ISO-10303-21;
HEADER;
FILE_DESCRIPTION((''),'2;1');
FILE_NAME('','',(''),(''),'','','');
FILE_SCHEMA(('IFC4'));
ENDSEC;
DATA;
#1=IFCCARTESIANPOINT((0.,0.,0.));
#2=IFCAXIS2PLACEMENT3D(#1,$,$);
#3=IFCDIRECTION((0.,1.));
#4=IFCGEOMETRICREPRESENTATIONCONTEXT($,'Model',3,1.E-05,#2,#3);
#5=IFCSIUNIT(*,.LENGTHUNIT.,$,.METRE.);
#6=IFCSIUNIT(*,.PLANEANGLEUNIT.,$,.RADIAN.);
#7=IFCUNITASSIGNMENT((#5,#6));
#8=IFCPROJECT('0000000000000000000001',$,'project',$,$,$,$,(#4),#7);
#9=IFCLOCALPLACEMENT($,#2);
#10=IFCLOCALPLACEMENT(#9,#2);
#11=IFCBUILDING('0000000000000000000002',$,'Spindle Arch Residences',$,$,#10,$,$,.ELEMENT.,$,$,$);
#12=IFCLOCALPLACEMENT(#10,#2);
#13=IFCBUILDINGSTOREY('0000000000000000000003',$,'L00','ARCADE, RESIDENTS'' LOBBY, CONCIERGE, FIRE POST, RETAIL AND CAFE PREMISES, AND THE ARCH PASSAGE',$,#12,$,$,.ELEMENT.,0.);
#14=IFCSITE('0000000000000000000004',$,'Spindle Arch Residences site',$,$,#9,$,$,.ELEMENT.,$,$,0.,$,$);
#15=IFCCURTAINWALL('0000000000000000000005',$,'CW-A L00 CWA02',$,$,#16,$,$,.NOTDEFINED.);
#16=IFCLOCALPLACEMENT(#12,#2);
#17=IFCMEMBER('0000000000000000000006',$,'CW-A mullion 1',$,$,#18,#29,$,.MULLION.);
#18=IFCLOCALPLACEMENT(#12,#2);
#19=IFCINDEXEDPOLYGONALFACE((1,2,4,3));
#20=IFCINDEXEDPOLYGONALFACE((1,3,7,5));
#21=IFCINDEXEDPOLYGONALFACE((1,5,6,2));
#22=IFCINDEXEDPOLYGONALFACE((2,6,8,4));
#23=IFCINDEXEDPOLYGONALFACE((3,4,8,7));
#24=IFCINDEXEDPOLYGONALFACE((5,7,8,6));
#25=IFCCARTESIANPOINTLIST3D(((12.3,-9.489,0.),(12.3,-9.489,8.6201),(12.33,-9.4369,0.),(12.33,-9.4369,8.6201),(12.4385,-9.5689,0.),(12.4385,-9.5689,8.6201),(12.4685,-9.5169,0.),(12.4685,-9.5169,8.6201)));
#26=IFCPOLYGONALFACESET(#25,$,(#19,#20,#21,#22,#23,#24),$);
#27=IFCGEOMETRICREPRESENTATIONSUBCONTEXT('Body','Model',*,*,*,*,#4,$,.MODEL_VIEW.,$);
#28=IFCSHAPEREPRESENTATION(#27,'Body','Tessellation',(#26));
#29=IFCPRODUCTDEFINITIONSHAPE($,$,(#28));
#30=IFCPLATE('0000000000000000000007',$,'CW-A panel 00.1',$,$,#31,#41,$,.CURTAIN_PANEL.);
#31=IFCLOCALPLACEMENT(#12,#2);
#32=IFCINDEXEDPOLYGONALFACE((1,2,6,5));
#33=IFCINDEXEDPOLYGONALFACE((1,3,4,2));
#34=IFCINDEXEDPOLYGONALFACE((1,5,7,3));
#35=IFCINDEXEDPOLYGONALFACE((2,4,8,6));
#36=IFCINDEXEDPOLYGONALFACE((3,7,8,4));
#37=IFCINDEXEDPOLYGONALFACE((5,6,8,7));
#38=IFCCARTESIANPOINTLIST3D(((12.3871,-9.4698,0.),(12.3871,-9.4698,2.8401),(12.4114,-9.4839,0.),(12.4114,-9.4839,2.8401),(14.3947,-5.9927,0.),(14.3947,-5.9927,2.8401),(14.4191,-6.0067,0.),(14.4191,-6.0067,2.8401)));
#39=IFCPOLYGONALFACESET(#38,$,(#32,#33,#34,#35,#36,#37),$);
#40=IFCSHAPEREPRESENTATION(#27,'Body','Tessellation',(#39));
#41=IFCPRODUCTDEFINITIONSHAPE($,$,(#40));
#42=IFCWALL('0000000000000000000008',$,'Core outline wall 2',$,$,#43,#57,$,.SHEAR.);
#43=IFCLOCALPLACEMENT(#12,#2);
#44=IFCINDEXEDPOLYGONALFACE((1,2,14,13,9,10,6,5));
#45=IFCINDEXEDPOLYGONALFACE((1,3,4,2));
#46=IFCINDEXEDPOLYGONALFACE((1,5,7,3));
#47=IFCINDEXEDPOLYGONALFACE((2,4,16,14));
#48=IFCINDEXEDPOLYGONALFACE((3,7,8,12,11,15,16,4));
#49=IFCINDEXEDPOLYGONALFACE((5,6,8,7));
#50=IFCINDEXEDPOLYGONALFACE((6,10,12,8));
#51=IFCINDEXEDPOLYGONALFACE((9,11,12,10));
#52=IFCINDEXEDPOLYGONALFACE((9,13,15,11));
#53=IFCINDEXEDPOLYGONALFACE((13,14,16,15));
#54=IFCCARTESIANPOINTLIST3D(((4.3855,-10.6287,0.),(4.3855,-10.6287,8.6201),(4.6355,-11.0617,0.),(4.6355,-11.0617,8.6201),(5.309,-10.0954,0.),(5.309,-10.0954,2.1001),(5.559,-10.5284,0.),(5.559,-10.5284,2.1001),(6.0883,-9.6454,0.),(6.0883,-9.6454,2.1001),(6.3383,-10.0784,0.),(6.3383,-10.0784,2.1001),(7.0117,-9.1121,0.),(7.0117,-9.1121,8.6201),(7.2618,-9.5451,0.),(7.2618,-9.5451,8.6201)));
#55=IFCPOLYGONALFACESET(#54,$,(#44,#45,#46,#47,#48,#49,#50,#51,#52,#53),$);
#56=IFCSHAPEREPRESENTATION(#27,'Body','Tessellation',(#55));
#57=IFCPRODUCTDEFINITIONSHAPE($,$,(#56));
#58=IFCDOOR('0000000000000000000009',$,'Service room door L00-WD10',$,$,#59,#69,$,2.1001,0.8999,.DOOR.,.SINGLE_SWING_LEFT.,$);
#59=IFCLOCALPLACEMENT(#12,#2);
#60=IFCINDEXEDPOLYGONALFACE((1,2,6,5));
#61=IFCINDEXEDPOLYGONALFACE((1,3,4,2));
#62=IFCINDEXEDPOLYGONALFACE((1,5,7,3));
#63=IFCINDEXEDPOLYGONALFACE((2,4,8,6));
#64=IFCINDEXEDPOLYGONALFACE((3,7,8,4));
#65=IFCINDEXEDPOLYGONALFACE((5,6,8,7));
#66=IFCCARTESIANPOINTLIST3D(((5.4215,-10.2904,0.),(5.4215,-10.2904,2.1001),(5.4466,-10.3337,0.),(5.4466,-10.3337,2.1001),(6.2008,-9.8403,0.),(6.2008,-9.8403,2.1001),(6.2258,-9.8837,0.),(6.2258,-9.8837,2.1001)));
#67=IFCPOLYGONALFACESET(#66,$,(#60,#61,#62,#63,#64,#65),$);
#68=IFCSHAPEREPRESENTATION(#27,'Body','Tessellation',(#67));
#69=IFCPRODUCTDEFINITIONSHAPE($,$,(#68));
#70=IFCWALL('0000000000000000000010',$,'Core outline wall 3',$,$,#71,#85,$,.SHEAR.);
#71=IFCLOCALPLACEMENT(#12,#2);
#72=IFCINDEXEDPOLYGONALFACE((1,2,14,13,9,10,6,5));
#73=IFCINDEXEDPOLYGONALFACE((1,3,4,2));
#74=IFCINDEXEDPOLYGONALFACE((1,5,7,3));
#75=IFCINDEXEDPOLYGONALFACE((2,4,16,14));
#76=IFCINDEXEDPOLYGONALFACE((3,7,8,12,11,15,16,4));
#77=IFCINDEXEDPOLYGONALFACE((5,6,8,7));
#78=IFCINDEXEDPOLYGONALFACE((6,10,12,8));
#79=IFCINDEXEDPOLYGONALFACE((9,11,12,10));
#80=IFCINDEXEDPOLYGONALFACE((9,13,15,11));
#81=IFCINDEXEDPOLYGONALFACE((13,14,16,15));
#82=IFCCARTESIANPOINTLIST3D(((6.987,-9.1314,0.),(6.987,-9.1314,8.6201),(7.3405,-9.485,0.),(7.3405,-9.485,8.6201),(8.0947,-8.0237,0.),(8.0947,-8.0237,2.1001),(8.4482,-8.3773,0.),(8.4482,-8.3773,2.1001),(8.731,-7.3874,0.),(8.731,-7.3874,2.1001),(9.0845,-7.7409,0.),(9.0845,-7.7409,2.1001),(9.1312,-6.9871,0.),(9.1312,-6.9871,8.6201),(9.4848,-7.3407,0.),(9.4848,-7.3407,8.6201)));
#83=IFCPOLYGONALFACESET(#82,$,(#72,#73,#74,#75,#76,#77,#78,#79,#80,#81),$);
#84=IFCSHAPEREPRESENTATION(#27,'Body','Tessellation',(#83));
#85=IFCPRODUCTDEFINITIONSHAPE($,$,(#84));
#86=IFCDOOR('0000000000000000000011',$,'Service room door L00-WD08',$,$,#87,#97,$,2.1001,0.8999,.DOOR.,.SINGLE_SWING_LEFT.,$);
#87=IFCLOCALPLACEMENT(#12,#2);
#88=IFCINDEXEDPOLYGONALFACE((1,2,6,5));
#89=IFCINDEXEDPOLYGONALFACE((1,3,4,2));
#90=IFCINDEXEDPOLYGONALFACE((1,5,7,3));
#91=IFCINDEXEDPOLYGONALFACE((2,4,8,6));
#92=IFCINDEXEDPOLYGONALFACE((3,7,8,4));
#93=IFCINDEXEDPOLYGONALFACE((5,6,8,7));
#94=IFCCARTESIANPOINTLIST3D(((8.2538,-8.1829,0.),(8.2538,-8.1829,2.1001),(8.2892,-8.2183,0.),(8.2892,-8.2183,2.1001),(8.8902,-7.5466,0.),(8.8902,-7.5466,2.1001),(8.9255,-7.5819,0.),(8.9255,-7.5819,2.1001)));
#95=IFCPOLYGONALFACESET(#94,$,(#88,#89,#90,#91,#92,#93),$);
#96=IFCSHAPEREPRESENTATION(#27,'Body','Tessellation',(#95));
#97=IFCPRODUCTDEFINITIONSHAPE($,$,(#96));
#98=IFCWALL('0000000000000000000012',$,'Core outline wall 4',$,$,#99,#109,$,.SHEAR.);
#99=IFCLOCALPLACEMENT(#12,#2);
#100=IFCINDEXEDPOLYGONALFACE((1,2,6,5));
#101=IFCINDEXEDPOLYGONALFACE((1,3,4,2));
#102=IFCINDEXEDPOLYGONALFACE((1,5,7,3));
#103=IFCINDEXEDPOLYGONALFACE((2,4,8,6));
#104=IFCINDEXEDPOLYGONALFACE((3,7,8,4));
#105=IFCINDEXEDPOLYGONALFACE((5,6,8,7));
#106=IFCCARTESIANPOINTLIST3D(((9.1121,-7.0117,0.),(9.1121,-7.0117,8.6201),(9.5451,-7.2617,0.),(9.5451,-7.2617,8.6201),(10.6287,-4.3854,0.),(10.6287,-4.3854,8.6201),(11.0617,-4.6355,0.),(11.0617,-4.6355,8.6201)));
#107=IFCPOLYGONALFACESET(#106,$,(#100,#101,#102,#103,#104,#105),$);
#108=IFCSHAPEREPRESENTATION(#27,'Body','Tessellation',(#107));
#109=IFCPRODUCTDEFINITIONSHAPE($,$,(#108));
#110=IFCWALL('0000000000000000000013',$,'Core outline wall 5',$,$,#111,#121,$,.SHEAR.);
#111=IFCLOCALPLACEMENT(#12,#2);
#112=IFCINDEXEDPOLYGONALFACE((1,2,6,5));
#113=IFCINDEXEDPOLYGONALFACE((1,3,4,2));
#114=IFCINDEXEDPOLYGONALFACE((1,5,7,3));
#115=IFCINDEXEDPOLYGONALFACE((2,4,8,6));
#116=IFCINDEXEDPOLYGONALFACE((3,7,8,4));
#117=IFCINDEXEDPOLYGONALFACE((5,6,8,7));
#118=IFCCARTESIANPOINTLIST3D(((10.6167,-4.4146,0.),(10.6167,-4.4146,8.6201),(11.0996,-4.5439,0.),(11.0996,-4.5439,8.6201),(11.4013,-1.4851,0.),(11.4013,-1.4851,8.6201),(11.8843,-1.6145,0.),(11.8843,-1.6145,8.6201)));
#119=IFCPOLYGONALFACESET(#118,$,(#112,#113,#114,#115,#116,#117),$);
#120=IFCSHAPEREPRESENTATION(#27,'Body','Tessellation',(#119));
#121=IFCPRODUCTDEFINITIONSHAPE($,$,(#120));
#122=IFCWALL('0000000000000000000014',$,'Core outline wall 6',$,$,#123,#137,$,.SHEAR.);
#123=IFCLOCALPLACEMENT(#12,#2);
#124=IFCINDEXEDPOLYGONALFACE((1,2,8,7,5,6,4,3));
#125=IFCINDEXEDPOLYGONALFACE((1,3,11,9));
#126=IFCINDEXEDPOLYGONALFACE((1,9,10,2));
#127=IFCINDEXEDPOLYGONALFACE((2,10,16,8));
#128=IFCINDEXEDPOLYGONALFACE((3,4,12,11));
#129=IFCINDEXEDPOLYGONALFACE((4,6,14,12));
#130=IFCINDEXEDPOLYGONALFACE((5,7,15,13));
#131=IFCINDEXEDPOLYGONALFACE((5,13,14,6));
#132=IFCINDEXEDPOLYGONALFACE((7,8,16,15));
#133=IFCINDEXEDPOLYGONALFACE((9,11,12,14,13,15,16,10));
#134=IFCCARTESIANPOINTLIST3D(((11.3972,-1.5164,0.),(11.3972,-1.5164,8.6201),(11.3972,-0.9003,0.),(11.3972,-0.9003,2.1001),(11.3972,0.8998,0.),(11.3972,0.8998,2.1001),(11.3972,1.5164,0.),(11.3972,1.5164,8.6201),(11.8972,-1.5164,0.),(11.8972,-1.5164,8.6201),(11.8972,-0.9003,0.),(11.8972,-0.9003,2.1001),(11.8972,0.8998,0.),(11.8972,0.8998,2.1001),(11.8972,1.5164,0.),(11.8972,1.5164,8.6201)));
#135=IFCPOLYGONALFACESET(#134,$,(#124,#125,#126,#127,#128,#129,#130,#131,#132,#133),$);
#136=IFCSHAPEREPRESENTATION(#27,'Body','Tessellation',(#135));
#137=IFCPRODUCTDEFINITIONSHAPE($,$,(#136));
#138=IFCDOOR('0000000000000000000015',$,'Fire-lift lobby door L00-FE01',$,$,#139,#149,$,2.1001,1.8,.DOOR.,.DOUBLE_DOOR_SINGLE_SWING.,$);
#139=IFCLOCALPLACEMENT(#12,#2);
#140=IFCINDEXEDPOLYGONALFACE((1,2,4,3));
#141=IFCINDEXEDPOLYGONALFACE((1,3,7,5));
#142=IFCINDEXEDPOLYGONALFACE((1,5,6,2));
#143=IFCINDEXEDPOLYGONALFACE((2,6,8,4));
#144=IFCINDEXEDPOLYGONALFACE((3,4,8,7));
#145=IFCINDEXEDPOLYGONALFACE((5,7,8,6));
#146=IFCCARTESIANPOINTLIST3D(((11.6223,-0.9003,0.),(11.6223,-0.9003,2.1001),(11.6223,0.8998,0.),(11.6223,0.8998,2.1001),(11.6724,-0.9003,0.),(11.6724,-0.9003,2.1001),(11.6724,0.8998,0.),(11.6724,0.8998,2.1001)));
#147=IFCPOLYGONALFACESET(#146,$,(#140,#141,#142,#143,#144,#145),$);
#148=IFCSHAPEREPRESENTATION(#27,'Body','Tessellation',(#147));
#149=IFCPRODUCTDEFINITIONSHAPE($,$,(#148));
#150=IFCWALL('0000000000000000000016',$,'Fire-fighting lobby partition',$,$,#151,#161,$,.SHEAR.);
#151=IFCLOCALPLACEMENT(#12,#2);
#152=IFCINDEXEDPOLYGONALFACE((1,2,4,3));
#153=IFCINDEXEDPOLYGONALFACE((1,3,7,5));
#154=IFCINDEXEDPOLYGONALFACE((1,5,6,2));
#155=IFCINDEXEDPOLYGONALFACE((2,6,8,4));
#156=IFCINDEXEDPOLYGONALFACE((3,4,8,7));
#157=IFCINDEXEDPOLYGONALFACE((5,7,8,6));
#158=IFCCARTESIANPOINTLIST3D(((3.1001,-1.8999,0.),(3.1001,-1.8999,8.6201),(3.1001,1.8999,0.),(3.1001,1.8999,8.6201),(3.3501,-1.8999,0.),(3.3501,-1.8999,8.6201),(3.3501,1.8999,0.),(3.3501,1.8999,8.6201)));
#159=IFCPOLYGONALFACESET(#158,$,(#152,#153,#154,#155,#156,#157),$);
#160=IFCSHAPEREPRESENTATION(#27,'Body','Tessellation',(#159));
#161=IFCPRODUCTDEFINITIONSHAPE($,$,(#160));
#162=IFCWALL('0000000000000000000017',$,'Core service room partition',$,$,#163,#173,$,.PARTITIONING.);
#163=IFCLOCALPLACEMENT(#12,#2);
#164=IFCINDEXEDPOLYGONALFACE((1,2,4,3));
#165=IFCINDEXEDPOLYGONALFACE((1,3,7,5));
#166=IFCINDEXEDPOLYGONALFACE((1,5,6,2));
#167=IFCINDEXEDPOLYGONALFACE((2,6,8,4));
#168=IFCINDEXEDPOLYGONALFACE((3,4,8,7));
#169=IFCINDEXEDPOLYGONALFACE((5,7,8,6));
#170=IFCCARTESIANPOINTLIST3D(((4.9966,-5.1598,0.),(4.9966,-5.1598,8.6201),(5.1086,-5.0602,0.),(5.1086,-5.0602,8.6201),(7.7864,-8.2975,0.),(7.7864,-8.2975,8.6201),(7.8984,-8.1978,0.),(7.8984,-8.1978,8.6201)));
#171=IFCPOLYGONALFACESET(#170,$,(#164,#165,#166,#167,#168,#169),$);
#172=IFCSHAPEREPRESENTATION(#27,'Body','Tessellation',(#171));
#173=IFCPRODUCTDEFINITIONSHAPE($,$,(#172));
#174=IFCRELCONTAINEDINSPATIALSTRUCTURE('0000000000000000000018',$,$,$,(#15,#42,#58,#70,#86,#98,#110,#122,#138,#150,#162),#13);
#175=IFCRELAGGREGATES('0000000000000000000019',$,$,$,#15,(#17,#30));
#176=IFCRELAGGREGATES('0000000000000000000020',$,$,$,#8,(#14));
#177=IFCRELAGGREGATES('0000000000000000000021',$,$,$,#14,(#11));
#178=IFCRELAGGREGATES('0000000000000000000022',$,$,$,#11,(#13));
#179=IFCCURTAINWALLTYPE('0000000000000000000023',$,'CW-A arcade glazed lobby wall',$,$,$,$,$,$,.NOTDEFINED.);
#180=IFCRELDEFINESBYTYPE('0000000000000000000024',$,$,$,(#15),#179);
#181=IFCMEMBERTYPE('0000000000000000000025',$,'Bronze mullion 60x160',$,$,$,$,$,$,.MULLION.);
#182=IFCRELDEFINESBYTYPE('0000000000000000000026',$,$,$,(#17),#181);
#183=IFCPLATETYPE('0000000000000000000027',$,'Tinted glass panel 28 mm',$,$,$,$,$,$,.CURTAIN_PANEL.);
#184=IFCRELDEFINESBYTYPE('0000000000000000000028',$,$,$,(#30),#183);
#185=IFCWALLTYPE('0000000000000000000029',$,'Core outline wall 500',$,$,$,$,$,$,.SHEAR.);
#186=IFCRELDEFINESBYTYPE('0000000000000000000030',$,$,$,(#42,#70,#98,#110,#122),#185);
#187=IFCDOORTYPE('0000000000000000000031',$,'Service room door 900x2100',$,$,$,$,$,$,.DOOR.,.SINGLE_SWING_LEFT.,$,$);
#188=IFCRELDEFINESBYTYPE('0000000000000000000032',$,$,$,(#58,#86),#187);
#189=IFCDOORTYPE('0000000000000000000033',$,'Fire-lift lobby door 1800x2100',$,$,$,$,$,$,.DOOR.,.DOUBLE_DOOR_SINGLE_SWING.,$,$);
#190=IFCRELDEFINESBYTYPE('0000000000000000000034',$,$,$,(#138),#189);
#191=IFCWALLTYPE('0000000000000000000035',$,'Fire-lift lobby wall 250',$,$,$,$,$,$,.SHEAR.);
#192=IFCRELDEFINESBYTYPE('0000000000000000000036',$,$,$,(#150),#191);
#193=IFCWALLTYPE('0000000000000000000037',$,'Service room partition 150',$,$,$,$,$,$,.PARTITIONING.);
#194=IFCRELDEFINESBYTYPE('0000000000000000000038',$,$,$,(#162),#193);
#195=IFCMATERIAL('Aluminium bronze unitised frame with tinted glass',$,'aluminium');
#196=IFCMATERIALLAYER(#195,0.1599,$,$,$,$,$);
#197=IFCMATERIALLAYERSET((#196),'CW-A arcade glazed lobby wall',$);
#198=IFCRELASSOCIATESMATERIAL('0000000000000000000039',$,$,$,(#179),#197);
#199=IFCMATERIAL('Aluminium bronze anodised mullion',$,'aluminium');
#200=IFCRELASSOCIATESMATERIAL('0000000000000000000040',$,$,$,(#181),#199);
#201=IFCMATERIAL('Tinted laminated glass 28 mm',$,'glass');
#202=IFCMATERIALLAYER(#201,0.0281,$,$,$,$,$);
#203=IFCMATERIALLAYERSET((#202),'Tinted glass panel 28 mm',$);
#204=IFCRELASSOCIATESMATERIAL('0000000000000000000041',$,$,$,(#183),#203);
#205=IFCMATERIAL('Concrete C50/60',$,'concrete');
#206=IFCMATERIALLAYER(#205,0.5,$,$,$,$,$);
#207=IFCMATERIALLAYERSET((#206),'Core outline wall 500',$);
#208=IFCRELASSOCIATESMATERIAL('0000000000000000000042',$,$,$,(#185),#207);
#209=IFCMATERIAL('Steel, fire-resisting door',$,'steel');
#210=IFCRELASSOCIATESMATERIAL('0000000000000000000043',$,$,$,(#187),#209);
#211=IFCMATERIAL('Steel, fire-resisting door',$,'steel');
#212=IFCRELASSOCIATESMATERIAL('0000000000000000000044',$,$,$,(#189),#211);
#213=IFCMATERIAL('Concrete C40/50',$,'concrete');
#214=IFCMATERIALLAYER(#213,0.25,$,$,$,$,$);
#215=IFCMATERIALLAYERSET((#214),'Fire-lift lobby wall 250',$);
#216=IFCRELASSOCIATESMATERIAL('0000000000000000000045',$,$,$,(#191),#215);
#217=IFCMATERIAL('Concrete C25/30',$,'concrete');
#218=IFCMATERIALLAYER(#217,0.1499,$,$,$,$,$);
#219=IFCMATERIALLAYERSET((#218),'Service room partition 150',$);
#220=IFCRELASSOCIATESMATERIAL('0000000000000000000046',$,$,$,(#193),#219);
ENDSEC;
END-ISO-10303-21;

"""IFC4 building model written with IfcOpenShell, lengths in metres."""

from ifc_helpers import new_model, si_unit, direction, frame, frame_2d, origin, origin_2d, place, context, subcontext, project, spatial, rectangle, extrude, material, layer, layer_set, material_profile, profile_set, type_object, element, fill, aggregate, save


model = new_model("IFC4")

# Units and contexts
model_context = context("Model", 3, precision=1e-05, world=origin(), true_north=direction((0.0, 1.0)))
body_context = subcontext(model_context, "Body", "Model", "MODEL_VIEW")
ifc_project = project(units=[si_unit("LENGTHUNIT", "METRE"), si_unit("PLANEANGLEUNIT", "RADIAN")], contexts=[model_context])

# Site, building, storey
site_placement = place(None, origin())
site = spatial("IfcSite", under=ifc_project, at=site_placement, Name="Spindle Arch Residences site", CompositionType="ELEMENT", RefElevation=0.0)
building_placement = place(site_placement, origin())
building = spatial("IfcBuilding", under=site, at=building_placement, Name="Spindle Arch Residences", CompositionType="ELEMENT")
storey_placement = place(building_placement, origin())
storey = spatial("IfcBuildingStorey", under=building, at=storey_placement, Name="L00", Description="ARCADE, RESIDENTS' LOBBY, CONCIERGE, FIRE POST, RETAIL AND CAFE PREMISES, AND THE ARCH PASSAGE", CompositionType="ELEMENT", Elevation=0.0)

# Curtain wall, member, plate
ifc_material_1 = material(Name="Aluminium bronze unitised frame with tinted glass", Category="aluminium")
ifc_layer_1 = layer(ifc_material_1, 0.1599)
ifc_layer_set_1 = layer_set([ifc_layer_1], Name="CW-A arcade glazed lobby wall")
curtain_wall_type = type_object("IfcCurtainWallType", Name="CW-A arcade glazed lobby wall", PredefinedType="NOTDEFINED", material=ifc_layer_set_1)
curtain_wall_placement = place(storey_placement, origin())
curtain_wall = element("IfcCurtainWall", 1, at=curtain_wall_placement, inside=storey, type_object=curtain_wall_type, Name="CW-A L00 CWA02", PredefinedType="NOTDEFINED")
ifc_material_2 = material(Name="Aluminium bronze anodised mullion", Category="aluminium")
ifc_material_profile = material_profile(ifc_material_2, rectangle(XDim=0.1599, YDim=0.0601, at=origin_2d()), Name="MU 60x160")
ifc_profile_set = profile_set([ifc_material_profile], Name="Aluminium bronze anodised mullion")
member_type = type_object("IfcMemberType", Name="Bronze mullion 60x160", PredefinedType="MULLION", material=ifc_profile_set)
member_placement = place(storey_placement, frame((12.3843, -9.5029, 0.0), z_axis=(0.0, 0.0, 1.0), x_axis=(-0.866012, 0.500023, 0.0)))
member = element("IfcMember", 2, at=member_placement, type_object=member_type, Name="CW-A mullion 1", PredefinedType="MULLION", context=body_context, shape_type="SweptSolid", body=[
    extrude(rectangle(XDim=0.1599, YDim=0.0601, at=origin_2d()), origin(), (0.0, 0.0, 1.0), 8.6201),
])
ifc_material_3 = material(Name="Tinted laminated glass 28 mm", Category="glass")
ifc_layer_2 = layer(ifc_material_3, 0.0281)
ifc_layer_set_2 = layer_set([ifc_layer_2], Name="Tinted glass panel 28 mm")
plate_type = type_object("IfcPlateType", Name="Tinted glass panel 28 mm", PredefinedType="CURTAIN_PANEL", material=ifc_layer_set_2)
plate_placement = place(storey_placement, frame((13.4031, -7.7383, 0.0), z_axis=(0.0, 0.0, 1.0), x_axis=(0.500023, 0.866012, 0.0)))
plate = element("IfcPlate", 3, at=plate_placement, type_object=plate_type, Name="CW-A panel 00.1", PredefinedType="CURTAIN_PANEL", context=body_context, shape_type="SweptSolid", body=[
    extrude(rectangle(XDim=4.0151, YDim=0.0281, at=origin_2d()), origin(), (0.0, 0.0, 1.0), 2.8401),
])
aggregate(curtain_wall, [member, plate])

# Walls, openings, doors
ifc_material_4 = material(Name="Concrete C50/60", Category="concrete")
ifc_layer_3 = layer(ifc_material_4, 0.5)
ifc_layer_set_3 = layer_set([ifc_layer_3], Name="Core outline wall 500")
wall_type_1 = type_object("IfcWallType", Name="Core outline wall 500", PredefinedType="SHEAR", material=ifc_layer_set_3)
wall_1_placement = place(storey_placement, frame((4.5105, -10.8452, 0.0), z_axis=(0.0, 0.0, 1.0), x_axis=(0.865975, 0.500087, 0.0)))
wall_1 = element("IfcWall", 4, at=wall_1_placement, inside=storey, type_object=wall_type_1, Name="Core outline wall 2", PredefinedType="SHEAR", context=body_context, shape_type="SweptSolid", body=[
    extrude(rectangle(XDim=3.0327, YDim=0.5, at=frame_2d((1.5164, 0.0))), origin(), (0.0, 0.0, 1.0), 8.6201),
])
opening_1_placement = place(wall_1_placement, frame((1.0664, 0.0, 0.0)))
opening_1 = element("IfcOpeningElement", 5, at=opening_1_placement, cuts=wall_1, PredefinedType="OPENING", context=body_context, shape_type="SweptSolid", body=[
    extrude(rectangle(XDim=0.8999, YDim=2.1001, at=frame_2d((0.45, 1.05))), frame((0.0, 0.26, 0.0), z_axis=(0.0, -1.0, 0.0), x_axis=(1.0, 0.0, 0.0)), (0.0, 0.0, 1.0), 0.52),
])
ifc_material_5 = material(Name="Steel, fire-resisting door", Category="steel")
door_type_1 = type_object("IfcDoorType", Name="Service room door 900x2100", OperationType="SINGLE_SWING_LEFT", PredefinedType="DOOR", material=ifc_material_5)
door_1_placement = place(opening_1_placement, origin())
door_1 = element("IfcDoor", 6, at=door_1_placement, inside=storey, type_object=door_type_1, Name="Service room door L00-WD10", OperationType="SINGLE_SWING_LEFT", OverallHeight=2.1001, OverallWidth=0.8999, PredefinedType="DOOR", context=body_context, shape_type="SweptSolid", body=[
    extrude(rectangle(XDim=0.8999, YDim=2.1001, at=frame_2d((0.45, 1.05))), frame((0.0, 0.0249, 0.0), z_axis=(0.0, -1.0, 0.0), x_axis=(1.0, 0.0, 0.0)), (0.0, 0.0, 1.0), 0.05),
])
fill(opening_1, door_1)
wall_2_placement = place(storey_placement, frame((7.1638, -9.3081, 0.0), z_axis=(0.0, 0.0, 1.0), x_axis=(0.707107, 0.707107, 0.0)))
wall_2 = element("IfcWall", 7, at=wall_2_placement, inside=storey, type_object=wall_type_1, Name="Core outline wall 3", PredefinedType="SHEAR", context=body_context, shape_type="SweptSolid", body=[
    extrude(rectangle(XDim=3.0325, YDim=0.5, at=frame_2d((1.5161, 0.0))), origin(), (0.0, 0.0, 1.0), 8.6201),
])
opening_2_placement = place(wall_2_placement, frame((1.5664, 0.0, 0.0)))
opening_2 = element("IfcOpeningElement", 8, at=opening_2_placement, cuts=wall_2, PredefinedType="OPENING", context=body_context, shape_type="SweptSolid", body=[
    extrude(rectangle(XDim=0.8999, YDim=2.1001, at=frame_2d((0.45, 1.05))), frame((0.0, 0.26, 0.0), z_axis=(0.0, -1.0, 0.0), x_axis=(1.0, 0.0, 0.0)), (0.0, 0.0, 1.0), 0.52),
])
door_2_placement = place(opening_2_placement, origin())
door_2 = element("IfcDoor", 9, at=door_2_placement, inside=storey, type_object=door_type_1, Name="Service room door L00-WD08", OperationType="SINGLE_SWING_LEFT", OverallHeight=2.1001, OverallWidth=0.8999, PredefinedType="DOOR", context=body_context, shape_type="SweptSolid", body=[
    extrude(rectangle(XDim=0.8999, YDim=2.1001, at=frame_2d((0.45, 1.05))), frame((0.0, 0.0249, 0.0), z_axis=(0.0, -1.0, 0.0), x_axis=(1.0, 0.0, 0.0)), (0.0, 0.0, 1.0), 0.05),
])
fill(opening_2, door_2)

# Walls
for number, where, z_axis, x_axis, name in (
    (10, (9.3286, -7.1367, 0.0), (0.0, 0.0, 1.0), (0.500087, 0.865975, 0.0), "Core outline wall 4"),
    (11, (10.8582, -4.4792, 0.0), (0.0, 0.0, 1.0), (0.258735, 0.965948, 0.0), "Core outline wall 5"),
):
    element("IfcWall", number, at=place(storey_placement, frame(where, z_axis=z_axis, x_axis=x_axis)), inside=storey, type_object=wall_type_1, Name=name, PredefinedType="SHEAR", context=body_context, shape_type="SweptSolid", body=[
        extrude(rectangle(XDim=3.0327, YDim=0.5, at=frame_2d((1.5164, 0.0))), origin(), (0.0, 0.0, 1.0), 8.6201),
    ])

# Wall, opening, door
wall_3_placement = place(storey_placement, frame((11.6472, -1.5164, 0.0), z_axis=(0.0, 0.0, 1.0), x_axis=(0.0, 1.0, 0.0)))
wall_3 = element("IfcWall", 12, at=wall_3_placement, inside=storey, type_object=wall_type_1, Name="Core outline wall 6", PredefinedType="SHEAR", context=body_context, shape_type="SweptSolid", body=[
    extrude(rectangle(XDim=3.0327, YDim=0.5, at=frame_2d((1.5164, 0.0))), origin(), (0.0, 0.0, 1.0), 8.6201),
])
opening_3_placement = place(wall_3_placement, frame((0.6162, 0.0, 0.0)))
opening_3 = element("IfcOpeningElement", 13, at=opening_3_placement, cuts=wall_3, PredefinedType="OPENING", context=body_context, shape_type="SweptSolid", body=[
    extrude(rectangle(XDim=1.8, YDim=2.1001, at=frame_2d((0.8999, 1.05))), frame((0.0, 0.26, 0.0), z_axis=(0.0, -1.0, 0.0), x_axis=(1.0, 0.0, 0.0)), (0.0, 0.0, 1.0), 0.52),
])
ifc_material_6 = material(Name="Steel, fire-resisting door", Category="steel")
door_type_2 = type_object("IfcDoorType", Name="Fire-lift lobby door 1800x2100", OperationType="DOUBLE_DOOR_SINGLE_SWING", PredefinedType="DOOR", material=ifc_material_6)
door_3_placement = place(opening_3_placement, origin())
door_3 = element("IfcDoor", 14, at=door_3_placement, inside=storey, type_object=door_type_2, Name="Fire-lift lobby door L00-FE01", OperationType="DOUBLE_DOOR_SINGLE_SWING", OverallHeight=2.1001, OverallWidth=1.8, PredefinedType="DOOR", context=body_context, shape_type="SweptSolid", body=[
    extrude(rectangle(XDim=1.8, YDim=2.1001, at=frame_2d((0.8999, 1.05))), frame((0.0, 0.0249, 0.0), z_axis=(0.0, -1.0, 0.0), x_axis=(1.0, 0.0, 0.0)), (0.0, 0.0, 1.0), 0.05),
])
fill(opening_3, door_3)

# Wall
ifc_material_7 = material(Name="Concrete C40/50", Category="concrete")
ifc_layer_4 = layer(ifc_material_7, 0.25)
ifc_layer_set_4 = layer_set([ifc_layer_4], Name="Fire-lift lobby wall 250")
wall_type_2 = type_object("IfcWallType", Name="Fire-lift lobby wall 250", PredefinedType="SHEAR", material=ifc_layer_set_4)
wall_4_placement = place(storey_placement, frame((3.2251, -1.8999, 0.0), z_axis=(0.0, 0.0, 1.0), x_axis=(0.0, 1.0, 0.0)))
element("IfcWall", 15, at=wall_4_placement, inside=storey, type_object=wall_type_2, Name="Fire-fighting lobby partition", PredefinedType="SHEAR", context=body_context, shape_type="SweptSolid", body=[
    extrude(rectangle(XDim=3.7998, YDim=0.25, at=frame_2d((1.8999, 0.0))), origin(), (0.0, 0.0, 1.0), 8.6201),
])

# Wall
ifc_material_8 = material(Name="Concrete C25/30", Category="concrete")
ifc_layer_5 = layer(ifc_material_8, 0.1499)
ifc_layer_set_5 = layer_set([ifc_layer_5], Name="Service room partition 150")
wall_type_3 = type_object("IfcWallType", Name="Service room partition 150", PredefinedType="PARTITIONING", material=ifc_layer_set_5)
wall_5_placement = place(storey_placement, frame((7.8423, -8.2476, 0.0), z_axis=(0.0, 0.0, 1.0), x_axis=(-0.664461, 0.747323, 0.0)))
element("IfcWall", 16, at=wall_5_placement, inside=storey, type_object=wall_type_3, Name="Core service room partition", PredefinedType="PARTITIONING", context=body_context, shape_type="SweptSolid", body=[
    extrude(rectangle(XDim=4.1985, YDim=0.1499, at=frame_2d((2.0991, 0.0))), origin(), (0.0, 0.0, 1.0), 8.6201),
])

save(model, "model.ifc")
